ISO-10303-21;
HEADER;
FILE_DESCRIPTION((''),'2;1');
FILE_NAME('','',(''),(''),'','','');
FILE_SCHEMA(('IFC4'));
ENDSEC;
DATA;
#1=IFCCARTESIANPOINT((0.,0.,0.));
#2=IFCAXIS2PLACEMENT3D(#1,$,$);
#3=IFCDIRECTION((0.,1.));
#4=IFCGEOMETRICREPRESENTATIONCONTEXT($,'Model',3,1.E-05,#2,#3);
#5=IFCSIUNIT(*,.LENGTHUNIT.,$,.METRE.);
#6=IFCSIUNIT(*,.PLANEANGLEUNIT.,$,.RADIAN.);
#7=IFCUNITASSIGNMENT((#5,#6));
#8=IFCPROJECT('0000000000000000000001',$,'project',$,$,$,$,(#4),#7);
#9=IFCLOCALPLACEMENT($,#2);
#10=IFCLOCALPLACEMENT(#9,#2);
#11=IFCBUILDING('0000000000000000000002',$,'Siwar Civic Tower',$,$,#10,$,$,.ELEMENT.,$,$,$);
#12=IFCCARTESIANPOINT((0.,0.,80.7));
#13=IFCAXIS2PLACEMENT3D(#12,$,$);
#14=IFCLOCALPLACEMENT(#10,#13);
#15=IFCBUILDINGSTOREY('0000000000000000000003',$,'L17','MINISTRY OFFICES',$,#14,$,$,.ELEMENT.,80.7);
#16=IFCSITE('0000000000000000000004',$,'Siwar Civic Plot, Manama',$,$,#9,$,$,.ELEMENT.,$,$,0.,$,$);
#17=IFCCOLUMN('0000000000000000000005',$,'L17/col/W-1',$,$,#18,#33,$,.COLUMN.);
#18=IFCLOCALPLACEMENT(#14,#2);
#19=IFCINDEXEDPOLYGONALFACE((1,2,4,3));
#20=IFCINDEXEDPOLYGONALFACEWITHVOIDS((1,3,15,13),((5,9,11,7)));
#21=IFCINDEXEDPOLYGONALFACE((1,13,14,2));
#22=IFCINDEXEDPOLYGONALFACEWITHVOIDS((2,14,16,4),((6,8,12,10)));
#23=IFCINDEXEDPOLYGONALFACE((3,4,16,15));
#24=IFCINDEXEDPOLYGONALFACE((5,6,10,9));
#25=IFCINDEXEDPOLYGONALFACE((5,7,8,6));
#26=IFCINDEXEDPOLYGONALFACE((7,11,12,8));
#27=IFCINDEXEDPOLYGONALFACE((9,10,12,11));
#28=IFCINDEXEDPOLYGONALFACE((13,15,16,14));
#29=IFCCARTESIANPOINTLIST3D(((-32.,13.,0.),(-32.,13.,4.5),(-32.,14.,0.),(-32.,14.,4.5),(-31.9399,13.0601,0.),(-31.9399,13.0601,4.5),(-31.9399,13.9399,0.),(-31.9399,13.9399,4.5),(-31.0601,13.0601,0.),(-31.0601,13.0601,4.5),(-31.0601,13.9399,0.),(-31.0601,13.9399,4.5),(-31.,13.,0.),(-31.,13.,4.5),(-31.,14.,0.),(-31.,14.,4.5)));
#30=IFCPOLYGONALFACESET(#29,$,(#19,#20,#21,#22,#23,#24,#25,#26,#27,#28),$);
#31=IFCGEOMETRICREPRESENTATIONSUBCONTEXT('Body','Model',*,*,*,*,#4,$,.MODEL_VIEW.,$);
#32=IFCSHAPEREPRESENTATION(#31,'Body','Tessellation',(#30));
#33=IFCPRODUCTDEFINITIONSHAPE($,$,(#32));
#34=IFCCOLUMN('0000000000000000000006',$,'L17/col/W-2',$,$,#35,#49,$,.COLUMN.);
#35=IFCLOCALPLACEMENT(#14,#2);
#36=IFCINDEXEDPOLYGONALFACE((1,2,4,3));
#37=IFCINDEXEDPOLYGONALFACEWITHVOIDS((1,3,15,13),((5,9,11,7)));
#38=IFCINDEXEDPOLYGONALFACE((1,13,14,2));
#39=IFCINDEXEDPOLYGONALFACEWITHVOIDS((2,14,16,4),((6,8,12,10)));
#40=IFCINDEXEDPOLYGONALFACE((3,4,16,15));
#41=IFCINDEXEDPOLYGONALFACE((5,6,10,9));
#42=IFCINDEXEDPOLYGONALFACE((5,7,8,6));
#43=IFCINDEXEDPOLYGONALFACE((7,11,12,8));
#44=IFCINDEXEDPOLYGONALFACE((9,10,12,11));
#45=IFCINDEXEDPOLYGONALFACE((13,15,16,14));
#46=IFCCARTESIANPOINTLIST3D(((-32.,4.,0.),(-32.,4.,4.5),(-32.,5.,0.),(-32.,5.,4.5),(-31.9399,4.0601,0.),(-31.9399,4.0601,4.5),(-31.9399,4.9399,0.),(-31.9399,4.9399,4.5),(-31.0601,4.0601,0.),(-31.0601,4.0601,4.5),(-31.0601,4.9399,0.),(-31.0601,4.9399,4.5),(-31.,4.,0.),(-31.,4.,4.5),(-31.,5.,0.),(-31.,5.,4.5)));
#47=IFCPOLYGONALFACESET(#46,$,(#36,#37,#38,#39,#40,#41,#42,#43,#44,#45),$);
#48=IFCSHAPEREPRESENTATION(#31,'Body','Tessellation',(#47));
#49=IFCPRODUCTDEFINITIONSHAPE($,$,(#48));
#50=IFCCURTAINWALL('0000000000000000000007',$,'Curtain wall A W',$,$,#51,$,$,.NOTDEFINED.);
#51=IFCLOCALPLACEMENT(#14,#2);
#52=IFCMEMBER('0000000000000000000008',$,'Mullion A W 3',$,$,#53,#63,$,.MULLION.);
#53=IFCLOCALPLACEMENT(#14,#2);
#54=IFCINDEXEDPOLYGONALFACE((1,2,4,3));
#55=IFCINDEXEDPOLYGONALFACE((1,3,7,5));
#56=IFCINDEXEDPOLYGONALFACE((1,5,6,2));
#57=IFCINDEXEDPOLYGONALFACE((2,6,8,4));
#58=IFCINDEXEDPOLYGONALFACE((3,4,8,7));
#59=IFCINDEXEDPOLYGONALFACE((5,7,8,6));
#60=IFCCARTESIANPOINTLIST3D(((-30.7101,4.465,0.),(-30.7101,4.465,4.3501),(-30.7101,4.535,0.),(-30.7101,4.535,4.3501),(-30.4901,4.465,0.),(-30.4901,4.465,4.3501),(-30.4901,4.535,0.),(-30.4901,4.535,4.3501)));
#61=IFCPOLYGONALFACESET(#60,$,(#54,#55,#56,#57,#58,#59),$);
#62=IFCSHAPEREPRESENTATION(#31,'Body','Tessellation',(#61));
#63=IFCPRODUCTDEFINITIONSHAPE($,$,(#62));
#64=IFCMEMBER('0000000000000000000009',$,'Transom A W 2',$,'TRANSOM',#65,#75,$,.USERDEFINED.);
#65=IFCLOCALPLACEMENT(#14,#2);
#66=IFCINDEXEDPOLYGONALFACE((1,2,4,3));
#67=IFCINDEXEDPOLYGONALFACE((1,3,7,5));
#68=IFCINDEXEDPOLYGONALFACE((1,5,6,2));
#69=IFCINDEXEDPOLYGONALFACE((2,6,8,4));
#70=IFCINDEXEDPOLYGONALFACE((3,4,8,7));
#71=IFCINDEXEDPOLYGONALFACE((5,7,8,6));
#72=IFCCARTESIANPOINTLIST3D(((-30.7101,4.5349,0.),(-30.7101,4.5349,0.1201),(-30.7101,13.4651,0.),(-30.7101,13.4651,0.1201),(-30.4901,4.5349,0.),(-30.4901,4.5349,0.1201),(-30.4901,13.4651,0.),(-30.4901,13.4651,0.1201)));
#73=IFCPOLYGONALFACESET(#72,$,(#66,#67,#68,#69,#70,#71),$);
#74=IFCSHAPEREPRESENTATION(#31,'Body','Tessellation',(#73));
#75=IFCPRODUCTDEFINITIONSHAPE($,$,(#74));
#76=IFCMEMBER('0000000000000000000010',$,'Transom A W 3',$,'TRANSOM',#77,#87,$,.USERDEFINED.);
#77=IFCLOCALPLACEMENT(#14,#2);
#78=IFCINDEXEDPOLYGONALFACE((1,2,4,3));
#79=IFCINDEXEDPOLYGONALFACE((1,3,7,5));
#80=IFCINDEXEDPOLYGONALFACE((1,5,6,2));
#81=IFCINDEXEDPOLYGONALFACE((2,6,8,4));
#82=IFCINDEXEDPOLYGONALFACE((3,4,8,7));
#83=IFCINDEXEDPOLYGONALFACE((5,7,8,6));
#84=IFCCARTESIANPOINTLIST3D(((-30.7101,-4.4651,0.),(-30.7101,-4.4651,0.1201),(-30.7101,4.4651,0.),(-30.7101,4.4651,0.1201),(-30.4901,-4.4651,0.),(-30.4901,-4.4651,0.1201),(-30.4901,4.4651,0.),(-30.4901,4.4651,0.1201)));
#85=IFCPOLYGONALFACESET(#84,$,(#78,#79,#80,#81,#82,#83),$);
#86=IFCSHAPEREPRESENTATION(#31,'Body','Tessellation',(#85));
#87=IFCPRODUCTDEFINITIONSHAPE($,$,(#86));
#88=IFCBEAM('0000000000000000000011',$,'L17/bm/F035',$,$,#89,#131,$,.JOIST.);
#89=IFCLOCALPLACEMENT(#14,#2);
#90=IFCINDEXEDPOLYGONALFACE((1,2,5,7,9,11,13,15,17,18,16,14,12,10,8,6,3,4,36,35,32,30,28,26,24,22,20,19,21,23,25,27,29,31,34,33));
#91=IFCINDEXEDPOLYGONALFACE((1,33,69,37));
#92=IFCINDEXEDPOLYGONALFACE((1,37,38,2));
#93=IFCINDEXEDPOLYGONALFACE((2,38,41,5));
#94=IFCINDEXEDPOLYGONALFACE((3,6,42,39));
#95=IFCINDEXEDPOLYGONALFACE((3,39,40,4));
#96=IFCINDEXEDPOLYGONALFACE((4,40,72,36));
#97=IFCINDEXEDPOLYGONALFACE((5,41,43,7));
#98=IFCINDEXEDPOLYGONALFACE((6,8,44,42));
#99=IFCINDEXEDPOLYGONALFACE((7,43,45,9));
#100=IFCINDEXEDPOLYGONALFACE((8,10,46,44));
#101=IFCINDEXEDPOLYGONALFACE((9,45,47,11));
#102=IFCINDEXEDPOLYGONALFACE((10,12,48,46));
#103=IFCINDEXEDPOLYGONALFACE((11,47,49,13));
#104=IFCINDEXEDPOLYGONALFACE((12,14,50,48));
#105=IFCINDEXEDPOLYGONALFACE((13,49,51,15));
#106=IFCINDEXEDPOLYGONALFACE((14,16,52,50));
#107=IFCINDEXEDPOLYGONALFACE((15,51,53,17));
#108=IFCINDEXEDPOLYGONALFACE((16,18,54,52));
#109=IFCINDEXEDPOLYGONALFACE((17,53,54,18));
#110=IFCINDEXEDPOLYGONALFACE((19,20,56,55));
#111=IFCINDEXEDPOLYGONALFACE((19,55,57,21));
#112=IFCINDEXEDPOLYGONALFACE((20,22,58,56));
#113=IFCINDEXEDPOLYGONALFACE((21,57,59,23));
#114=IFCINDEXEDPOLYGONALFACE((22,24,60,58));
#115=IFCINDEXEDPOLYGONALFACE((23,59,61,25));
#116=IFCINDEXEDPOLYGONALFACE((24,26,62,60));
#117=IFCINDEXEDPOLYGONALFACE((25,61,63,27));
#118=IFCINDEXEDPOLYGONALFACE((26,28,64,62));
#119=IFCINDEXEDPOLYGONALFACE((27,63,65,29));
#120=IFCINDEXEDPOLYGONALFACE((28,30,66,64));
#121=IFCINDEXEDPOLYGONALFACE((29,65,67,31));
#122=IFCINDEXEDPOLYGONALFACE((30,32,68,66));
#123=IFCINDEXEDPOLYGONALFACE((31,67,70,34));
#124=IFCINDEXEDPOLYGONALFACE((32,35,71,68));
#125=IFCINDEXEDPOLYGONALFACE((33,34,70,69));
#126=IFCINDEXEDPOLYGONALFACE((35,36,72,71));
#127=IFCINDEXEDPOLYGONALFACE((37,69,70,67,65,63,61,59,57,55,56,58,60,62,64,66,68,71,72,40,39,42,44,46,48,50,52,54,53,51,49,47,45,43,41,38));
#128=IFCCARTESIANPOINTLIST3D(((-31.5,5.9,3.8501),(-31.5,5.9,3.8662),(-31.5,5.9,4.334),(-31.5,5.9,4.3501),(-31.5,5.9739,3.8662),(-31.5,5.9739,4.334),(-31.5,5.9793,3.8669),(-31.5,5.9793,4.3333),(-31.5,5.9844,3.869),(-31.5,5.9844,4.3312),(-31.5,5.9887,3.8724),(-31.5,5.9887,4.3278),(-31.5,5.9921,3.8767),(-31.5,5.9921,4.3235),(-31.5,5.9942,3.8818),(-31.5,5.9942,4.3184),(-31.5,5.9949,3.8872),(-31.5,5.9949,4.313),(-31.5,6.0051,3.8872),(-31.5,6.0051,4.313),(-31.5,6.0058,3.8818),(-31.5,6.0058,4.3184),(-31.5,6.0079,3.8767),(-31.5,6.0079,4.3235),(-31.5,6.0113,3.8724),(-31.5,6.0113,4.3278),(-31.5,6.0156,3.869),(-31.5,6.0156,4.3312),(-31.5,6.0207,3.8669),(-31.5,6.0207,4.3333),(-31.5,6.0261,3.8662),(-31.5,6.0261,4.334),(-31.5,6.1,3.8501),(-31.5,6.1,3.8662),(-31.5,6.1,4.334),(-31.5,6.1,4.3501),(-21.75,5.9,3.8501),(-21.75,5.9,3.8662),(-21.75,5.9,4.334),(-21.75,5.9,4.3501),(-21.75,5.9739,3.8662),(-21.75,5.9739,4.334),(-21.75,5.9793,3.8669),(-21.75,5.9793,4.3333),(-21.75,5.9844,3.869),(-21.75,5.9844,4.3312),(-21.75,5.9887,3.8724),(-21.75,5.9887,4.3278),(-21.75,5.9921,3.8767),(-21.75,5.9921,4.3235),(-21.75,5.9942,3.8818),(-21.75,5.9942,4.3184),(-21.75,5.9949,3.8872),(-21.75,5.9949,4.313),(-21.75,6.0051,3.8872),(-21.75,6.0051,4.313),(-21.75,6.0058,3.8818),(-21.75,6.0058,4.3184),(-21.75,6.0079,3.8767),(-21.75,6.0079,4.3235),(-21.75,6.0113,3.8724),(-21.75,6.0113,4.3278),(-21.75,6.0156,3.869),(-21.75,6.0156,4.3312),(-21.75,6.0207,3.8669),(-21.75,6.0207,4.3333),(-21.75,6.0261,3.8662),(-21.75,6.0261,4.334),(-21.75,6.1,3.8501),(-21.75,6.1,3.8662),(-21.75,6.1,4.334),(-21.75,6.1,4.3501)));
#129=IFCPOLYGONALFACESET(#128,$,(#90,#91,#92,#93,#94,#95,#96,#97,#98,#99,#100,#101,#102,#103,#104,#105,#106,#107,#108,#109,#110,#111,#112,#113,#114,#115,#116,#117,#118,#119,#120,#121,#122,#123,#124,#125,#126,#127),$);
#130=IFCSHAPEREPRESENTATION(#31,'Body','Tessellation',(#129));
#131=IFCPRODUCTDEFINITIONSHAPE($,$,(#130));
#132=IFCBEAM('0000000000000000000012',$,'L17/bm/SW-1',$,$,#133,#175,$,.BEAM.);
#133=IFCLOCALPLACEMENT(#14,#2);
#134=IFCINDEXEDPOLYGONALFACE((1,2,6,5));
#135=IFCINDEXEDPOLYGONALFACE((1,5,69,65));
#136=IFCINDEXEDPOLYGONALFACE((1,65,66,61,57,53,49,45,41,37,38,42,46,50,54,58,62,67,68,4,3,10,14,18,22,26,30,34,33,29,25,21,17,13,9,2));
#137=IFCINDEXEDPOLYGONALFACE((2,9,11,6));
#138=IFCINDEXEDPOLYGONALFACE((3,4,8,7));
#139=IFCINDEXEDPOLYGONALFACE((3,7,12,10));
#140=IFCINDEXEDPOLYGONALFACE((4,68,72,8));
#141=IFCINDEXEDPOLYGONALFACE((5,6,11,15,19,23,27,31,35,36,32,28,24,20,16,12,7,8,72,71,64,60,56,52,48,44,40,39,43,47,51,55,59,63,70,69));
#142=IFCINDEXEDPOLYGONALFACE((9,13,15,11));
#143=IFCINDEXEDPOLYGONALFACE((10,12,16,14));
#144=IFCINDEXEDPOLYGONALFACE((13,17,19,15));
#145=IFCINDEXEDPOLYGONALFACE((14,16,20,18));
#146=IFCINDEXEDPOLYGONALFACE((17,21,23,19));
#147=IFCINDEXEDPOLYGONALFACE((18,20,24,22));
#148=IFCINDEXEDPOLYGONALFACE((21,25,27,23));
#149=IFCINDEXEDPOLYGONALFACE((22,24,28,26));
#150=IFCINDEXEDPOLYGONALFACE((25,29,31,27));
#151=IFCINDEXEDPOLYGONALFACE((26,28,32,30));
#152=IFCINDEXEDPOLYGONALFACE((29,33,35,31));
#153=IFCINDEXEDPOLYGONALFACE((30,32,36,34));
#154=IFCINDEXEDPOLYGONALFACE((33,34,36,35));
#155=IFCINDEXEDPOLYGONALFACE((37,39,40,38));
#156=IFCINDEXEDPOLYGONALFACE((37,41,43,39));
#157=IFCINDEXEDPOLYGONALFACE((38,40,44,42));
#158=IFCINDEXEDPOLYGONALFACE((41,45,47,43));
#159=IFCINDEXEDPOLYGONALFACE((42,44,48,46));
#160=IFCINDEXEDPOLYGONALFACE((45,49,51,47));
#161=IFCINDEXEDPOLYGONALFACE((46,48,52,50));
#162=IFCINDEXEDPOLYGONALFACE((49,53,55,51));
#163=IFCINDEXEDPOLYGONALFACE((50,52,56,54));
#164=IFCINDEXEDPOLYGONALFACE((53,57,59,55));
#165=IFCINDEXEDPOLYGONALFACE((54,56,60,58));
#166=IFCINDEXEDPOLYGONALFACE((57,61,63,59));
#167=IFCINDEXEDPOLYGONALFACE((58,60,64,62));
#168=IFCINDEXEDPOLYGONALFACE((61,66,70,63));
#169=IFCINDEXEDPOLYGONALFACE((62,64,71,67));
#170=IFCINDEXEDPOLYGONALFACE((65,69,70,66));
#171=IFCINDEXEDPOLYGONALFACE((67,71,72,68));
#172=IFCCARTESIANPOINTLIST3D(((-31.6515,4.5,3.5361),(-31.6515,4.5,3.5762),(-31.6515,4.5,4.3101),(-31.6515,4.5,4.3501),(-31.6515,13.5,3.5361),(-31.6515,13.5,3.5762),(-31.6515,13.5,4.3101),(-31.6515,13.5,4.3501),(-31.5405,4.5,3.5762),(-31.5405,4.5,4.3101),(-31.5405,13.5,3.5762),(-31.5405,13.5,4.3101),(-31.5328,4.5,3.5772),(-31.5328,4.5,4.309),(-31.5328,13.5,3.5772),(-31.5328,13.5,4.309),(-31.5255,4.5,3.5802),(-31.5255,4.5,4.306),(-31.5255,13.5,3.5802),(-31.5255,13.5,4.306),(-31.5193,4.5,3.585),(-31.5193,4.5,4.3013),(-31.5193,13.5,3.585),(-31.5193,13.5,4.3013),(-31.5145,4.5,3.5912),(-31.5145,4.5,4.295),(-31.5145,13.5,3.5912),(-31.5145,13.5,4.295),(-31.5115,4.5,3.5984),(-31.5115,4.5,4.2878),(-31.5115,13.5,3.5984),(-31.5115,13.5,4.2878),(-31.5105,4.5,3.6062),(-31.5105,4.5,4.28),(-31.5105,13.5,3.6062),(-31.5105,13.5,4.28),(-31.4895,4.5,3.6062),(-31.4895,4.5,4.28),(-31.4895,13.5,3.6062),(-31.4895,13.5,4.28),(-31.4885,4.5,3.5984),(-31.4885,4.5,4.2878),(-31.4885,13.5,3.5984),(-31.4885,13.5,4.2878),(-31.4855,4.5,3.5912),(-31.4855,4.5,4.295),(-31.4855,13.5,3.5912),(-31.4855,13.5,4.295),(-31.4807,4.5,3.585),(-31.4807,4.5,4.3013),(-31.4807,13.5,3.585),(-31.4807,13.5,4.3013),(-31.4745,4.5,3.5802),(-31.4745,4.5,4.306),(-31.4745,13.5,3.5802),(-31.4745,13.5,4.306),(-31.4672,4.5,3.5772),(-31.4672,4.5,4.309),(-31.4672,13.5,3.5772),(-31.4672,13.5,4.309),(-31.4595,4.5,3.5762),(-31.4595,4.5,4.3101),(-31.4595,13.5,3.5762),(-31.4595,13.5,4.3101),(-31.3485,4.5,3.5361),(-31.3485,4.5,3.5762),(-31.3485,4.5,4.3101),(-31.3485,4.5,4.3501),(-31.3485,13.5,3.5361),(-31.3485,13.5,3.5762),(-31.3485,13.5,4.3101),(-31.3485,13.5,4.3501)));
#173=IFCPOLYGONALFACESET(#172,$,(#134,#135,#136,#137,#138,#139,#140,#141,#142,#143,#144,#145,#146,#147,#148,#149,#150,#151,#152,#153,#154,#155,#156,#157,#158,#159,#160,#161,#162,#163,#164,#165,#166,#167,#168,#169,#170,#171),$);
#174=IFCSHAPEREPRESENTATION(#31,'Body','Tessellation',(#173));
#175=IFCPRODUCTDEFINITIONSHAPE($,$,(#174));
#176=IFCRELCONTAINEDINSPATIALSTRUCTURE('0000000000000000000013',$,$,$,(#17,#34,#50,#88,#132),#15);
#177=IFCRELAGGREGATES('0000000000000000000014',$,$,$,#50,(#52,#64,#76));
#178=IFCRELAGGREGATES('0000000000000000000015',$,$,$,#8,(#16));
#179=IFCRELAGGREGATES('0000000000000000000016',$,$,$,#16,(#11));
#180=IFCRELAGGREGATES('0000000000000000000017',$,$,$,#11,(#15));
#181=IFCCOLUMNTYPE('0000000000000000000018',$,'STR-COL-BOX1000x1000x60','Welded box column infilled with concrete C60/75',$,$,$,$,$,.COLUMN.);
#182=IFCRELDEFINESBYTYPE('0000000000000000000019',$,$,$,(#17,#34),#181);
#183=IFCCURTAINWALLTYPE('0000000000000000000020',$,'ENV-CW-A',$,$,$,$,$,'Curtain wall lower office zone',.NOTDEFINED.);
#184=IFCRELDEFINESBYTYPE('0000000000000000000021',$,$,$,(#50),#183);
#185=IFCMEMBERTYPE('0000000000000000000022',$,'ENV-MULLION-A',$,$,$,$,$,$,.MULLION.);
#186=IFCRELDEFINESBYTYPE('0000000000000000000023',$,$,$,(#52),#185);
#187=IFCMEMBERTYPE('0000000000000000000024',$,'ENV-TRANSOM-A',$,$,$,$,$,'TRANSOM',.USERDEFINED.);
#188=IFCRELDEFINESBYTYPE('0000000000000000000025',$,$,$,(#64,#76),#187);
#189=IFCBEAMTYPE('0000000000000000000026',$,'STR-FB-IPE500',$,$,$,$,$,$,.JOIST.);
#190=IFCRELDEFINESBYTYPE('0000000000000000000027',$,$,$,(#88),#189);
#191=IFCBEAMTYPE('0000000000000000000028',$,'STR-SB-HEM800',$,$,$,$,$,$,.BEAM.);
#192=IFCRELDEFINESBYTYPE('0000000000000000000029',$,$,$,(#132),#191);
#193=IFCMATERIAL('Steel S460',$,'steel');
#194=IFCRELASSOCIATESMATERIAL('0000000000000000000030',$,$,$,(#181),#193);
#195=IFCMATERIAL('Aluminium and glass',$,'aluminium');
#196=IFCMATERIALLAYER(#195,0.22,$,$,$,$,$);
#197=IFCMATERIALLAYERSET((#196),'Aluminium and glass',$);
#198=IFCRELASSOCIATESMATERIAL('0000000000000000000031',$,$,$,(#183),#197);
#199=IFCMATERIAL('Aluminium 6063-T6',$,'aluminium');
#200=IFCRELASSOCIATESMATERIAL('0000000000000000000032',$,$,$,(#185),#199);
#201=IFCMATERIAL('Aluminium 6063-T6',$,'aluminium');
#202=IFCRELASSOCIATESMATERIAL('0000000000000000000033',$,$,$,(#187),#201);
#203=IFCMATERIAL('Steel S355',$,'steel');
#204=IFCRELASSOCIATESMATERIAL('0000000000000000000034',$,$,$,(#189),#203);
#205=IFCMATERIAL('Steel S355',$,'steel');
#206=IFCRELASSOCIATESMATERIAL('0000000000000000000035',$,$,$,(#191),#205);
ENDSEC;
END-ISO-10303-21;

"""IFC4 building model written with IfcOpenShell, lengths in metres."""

from ifc_helpers import new_model, si_unit, direction, frame, origin, origin_2d, place, context, subcontext, project, spatial, rectangle, hollow_rectangle, i_section, extrude, material, layer, layer_set, material_profile, profile_set, type_object, element, aggregate, save


model = new_model("IFC4")

# Units and contexts
model_context = context("Model", 3, precision=1e-05, world=origin(), true_north=direction((0.0, 1.0)))
body_context = subcontext(model_context, "Body", "Model", "MODEL_VIEW")
ifc_project = project(units=[si_unit("LENGTHUNIT", "METRE"), si_unit("PLANEANGLEUNIT", "RADIAN")], contexts=[model_context])

# Site, building, storey
site_placement = place(None, origin())
site = spatial("IfcSite", under=ifc_project, at=site_placement, Name="Siwar Civic Plot, Manama", CompositionType="ELEMENT", RefElevation=0.0)
building_placement = place(site_placement, origin())
building = spatial("IfcBuilding", under=site, at=building_placement, Name="Siwar Civic Tower", CompositionType="ELEMENT")
storey_placement = place(building_placement, frame((0.0, 0.0, 80.7)))
storey = spatial("IfcBuildingStorey", under=building, at=storey_placement, Name="L17", Description="MINISTRY OFFICES", CompositionType="ELEMENT", Elevation=80.7)

# Columns
ifc_material_1 = material(Name="Steel S460", Category="steel")
ifc_material_profile_1 = material_profile(ifc_material_1, hollow_rectangle(XDim=1.0, YDim=1.0, WallThickness=0.0601, at=origin_2d()), Name="BOX1000x1000x60")
ifc_profile_set_1 = profile_set([ifc_material_profile_1], Name="Steel S460")
column_type = type_object("IfcColumnType", Name="STR-COL-BOX1000x1000x60", Description="Welded box column infilled with concrete C60/75", PredefinedType="COLUMN", material=ifc_profile_set_1)
for number, where, z_axis, x_axis, name in (
    (1, (-31.5, 13.5, 0.0), (0.0, 0.0, 1.0), (1.0, 0.0, 0.0), "L17/col/W-1"),
    (2, (-31.5, 4.5, 0.0), (0.0, 0.0, 1.0), (1.0, 0.0, 0.0), "L17/col/W-2"),
):
    element("IfcColumn", number, at=place(storey_placement, frame(where, z_axis=z_axis, x_axis=x_axis)), inside=storey, type_object=column_type, Name=name, PredefinedType="COLUMN", context=body_context, shape_type="SweptSolid", body=[
        extrude(hollow_rectangle(XDim=1.0, YDim=1.0, WallThickness=0.0601, at=origin_2d()), origin(), (0.0, 0.0, 1.0), 4.5),
    ])

# Curtain wall, members
ifc_material_2 = material(Name="Aluminium and glass", Category="aluminium")
ifc_layer_1 = layer(ifc_material_2, 0.22)
ifc_layer_set_1 = layer_set([ifc_layer_1], Name="Aluminium and glass")
curtain_wall_type = type_object("IfcCurtainWallType", Name="ENV-CW-A", ElementType="Curtain wall lower office zone", PredefinedType="NOTDEFINED", material=ifc_layer_set_1)
curtain_wall_placement = place(storey_placement, origin())
curtain_wall = element("IfcCurtainWall", 3, at=curtain_wall_placement, inside=storey, type_object=curtain_wall_type, Name="Curtain wall A W", PredefinedType="NOTDEFINED")
ifc_material_3 = material(Name="Aluminium 6063-T6", Category="aluminium")
ifc_material_profile_2 = material_profile(ifc_material_3, rectangle(XDim=0.22, YDim=0.0701, at=origin_2d()), Name="AL 220x70")
ifc_profile_set_2 = profile_set([ifc_material_profile_2], Name="Aluminium 6063-T6")
member_type_1 = type_object("IfcMemberType", Name="ENV-MULLION-A", PredefinedType="MULLION", material=ifc_profile_set_2)
member_1_placement = place(storey_placement, frame((-30.6001, 4.5, 0.0), z_axis=(0.0, 0.0, 1.0), x_axis=(1.0, 0.0, 0.0)))
member_1 = element("IfcMember", 4, at=member_1_placement, type_object=member_type_1, Name="Mullion A W 3", PredefinedType="MULLION", context=body_context, shape_type="SweptSolid", body=[
    extrude(rectangle(XDim=0.22, YDim=0.0701, at=origin_2d()), origin(), (0.0, 0.0, 1.0), 4.3501),
])
ifc_material_4 = material(Name="Aluminium 6063-T6", Category="aluminium")
ifc_material_profile_3 = material_profile(ifc_material_4, rectangle(XDim=0.22, YDim=0.1201, at=origin_2d()), Name="AL 220x120")
ifc_profile_set_3 = profile_set([ifc_material_profile_3], Name="Aluminium 6063-T6")
member_type_2 = type_object("IfcMemberType", Name="ENV-TRANSOM-A", ElementType="TRANSOM", PredefinedType="USERDEFINED", material=ifc_profile_set_3)
member_2_placement = place(storey_placement, frame((-30.6001, 13.4651, 0.0601), z_axis=(0.0, -1.0, 0.0), x_axis=(1.0, 0.0, 0.0)))
member_2 = element("IfcMember", 5, at=member_2_placement, type_object=member_type_2, Name="Transom A W 2", ObjectType="TRANSOM", PredefinedType="USERDEFINED", context=body_context, shape_type="SweptSolid", body=[
    extrude(rectangle(XDim=0.22, YDim=0.1201, at=origin_2d()), origin(), (0.0, 0.0, 1.0), 8.9302),
])
member_3_placement = place(storey_placement, frame((-30.6001, 4.4651, 0.0601), z_axis=(0.0, -1.0, 0.0), x_axis=(1.0, 0.0, 0.0)))
member_3 = element("IfcMember", 6, at=member_3_placement, type_object=member_type_2, Name="Transom A W 3", ObjectType="TRANSOM", PredefinedType="USERDEFINED", context=body_context, shape_type="SweptSolid", body=[
    extrude(rectangle(XDim=0.22, YDim=0.1201, at=origin_2d()), origin(), (0.0, 0.0, 1.0), 8.9302),
])

# Beams
ifc_material_5 = material(Name="Steel S355", Category="steel")
ifc_material_profile_4 = material_profile(ifc_material_5, i_section(OverallWidth=0.2, OverallDepth=0.5, WebThickness=0.0103, FlangeThickness=0.0161, FilletRadius=0.021, at=origin_2d()), Name="IPE500")
ifc_profile_set_4 = profile_set([ifc_material_profile_4], Name="Steel S355")
beam_type_1 = type_object("IfcBeamType", Name="STR-FB-IPE500", PredefinedType="JOIST", material=ifc_profile_set_4)
beam_placement = place(storey_placement, frame((-31.5, 6.0, 4.1001), z_axis=(1.0, 0.0, 0.0), x_axis=(0.0, 1.0, 0.0)))
element("IfcBeam", 7, at=beam_placement, inside=storey, type_object=beam_type_1, Name="L17/bm/F035", PredefinedType="JOIST", context=body_context, shape_type="SweptSolid", body=[
    extrude(i_section(OverallWidth=0.2, OverallDepth=0.5, WebThickness=0.0103, FlangeThickness=0.0161, FilletRadius=0.021, at=origin_2d()), origin(), (0.0, 0.0, 1.0), 9.75),
])
ifc_material_6 = material(Name="Steel S355", Category="steel")
ifc_material_profile_5 = material_profile(ifc_material_6, i_section(OverallWidth=0.303, OverallDepth=0.814, WebThickness=0.021, FlangeThickness=0.04, FilletRadius=0.03, at=origin_2d()), Name="HEM800")
ifc_profile_set_5 = profile_set([ifc_material_profile_5], Name="Steel S355")
beam_type_2 = type_object("IfcBeamType", Name="STR-SB-HEM800", PredefinedType="BEAM", material=ifc_profile_set_5)
for number, where, z_axis, x_axis, name in (
    (8, (-31.5, 13.5, 3.9431), (0.0, -1.0, 0.0), (1.0, 0.0, 0.0), "L17/bm/SW-1"),
):
    element("IfcBeam", number, at=place(storey_placement, frame(where, z_axis=z_axis, x_axis=x_axis)), inside=storey, type_object=beam_type_2, Name=name, PredefinedType="BEAM", context=body_context, shape_type="SweptSolid", body=[
        extrude(i_section(OverallWidth=0.303, OverallDepth=0.814, WebThickness=0.021, FlangeThickness=0.04, FilletRadius=0.03, at=origin_2d()), origin(), (0.0, 0.0, 1.0), 9.0),
    ])

aggregate(curtain_wall, [member_1, member_2, member_3])

save(model, "model.ifc")
